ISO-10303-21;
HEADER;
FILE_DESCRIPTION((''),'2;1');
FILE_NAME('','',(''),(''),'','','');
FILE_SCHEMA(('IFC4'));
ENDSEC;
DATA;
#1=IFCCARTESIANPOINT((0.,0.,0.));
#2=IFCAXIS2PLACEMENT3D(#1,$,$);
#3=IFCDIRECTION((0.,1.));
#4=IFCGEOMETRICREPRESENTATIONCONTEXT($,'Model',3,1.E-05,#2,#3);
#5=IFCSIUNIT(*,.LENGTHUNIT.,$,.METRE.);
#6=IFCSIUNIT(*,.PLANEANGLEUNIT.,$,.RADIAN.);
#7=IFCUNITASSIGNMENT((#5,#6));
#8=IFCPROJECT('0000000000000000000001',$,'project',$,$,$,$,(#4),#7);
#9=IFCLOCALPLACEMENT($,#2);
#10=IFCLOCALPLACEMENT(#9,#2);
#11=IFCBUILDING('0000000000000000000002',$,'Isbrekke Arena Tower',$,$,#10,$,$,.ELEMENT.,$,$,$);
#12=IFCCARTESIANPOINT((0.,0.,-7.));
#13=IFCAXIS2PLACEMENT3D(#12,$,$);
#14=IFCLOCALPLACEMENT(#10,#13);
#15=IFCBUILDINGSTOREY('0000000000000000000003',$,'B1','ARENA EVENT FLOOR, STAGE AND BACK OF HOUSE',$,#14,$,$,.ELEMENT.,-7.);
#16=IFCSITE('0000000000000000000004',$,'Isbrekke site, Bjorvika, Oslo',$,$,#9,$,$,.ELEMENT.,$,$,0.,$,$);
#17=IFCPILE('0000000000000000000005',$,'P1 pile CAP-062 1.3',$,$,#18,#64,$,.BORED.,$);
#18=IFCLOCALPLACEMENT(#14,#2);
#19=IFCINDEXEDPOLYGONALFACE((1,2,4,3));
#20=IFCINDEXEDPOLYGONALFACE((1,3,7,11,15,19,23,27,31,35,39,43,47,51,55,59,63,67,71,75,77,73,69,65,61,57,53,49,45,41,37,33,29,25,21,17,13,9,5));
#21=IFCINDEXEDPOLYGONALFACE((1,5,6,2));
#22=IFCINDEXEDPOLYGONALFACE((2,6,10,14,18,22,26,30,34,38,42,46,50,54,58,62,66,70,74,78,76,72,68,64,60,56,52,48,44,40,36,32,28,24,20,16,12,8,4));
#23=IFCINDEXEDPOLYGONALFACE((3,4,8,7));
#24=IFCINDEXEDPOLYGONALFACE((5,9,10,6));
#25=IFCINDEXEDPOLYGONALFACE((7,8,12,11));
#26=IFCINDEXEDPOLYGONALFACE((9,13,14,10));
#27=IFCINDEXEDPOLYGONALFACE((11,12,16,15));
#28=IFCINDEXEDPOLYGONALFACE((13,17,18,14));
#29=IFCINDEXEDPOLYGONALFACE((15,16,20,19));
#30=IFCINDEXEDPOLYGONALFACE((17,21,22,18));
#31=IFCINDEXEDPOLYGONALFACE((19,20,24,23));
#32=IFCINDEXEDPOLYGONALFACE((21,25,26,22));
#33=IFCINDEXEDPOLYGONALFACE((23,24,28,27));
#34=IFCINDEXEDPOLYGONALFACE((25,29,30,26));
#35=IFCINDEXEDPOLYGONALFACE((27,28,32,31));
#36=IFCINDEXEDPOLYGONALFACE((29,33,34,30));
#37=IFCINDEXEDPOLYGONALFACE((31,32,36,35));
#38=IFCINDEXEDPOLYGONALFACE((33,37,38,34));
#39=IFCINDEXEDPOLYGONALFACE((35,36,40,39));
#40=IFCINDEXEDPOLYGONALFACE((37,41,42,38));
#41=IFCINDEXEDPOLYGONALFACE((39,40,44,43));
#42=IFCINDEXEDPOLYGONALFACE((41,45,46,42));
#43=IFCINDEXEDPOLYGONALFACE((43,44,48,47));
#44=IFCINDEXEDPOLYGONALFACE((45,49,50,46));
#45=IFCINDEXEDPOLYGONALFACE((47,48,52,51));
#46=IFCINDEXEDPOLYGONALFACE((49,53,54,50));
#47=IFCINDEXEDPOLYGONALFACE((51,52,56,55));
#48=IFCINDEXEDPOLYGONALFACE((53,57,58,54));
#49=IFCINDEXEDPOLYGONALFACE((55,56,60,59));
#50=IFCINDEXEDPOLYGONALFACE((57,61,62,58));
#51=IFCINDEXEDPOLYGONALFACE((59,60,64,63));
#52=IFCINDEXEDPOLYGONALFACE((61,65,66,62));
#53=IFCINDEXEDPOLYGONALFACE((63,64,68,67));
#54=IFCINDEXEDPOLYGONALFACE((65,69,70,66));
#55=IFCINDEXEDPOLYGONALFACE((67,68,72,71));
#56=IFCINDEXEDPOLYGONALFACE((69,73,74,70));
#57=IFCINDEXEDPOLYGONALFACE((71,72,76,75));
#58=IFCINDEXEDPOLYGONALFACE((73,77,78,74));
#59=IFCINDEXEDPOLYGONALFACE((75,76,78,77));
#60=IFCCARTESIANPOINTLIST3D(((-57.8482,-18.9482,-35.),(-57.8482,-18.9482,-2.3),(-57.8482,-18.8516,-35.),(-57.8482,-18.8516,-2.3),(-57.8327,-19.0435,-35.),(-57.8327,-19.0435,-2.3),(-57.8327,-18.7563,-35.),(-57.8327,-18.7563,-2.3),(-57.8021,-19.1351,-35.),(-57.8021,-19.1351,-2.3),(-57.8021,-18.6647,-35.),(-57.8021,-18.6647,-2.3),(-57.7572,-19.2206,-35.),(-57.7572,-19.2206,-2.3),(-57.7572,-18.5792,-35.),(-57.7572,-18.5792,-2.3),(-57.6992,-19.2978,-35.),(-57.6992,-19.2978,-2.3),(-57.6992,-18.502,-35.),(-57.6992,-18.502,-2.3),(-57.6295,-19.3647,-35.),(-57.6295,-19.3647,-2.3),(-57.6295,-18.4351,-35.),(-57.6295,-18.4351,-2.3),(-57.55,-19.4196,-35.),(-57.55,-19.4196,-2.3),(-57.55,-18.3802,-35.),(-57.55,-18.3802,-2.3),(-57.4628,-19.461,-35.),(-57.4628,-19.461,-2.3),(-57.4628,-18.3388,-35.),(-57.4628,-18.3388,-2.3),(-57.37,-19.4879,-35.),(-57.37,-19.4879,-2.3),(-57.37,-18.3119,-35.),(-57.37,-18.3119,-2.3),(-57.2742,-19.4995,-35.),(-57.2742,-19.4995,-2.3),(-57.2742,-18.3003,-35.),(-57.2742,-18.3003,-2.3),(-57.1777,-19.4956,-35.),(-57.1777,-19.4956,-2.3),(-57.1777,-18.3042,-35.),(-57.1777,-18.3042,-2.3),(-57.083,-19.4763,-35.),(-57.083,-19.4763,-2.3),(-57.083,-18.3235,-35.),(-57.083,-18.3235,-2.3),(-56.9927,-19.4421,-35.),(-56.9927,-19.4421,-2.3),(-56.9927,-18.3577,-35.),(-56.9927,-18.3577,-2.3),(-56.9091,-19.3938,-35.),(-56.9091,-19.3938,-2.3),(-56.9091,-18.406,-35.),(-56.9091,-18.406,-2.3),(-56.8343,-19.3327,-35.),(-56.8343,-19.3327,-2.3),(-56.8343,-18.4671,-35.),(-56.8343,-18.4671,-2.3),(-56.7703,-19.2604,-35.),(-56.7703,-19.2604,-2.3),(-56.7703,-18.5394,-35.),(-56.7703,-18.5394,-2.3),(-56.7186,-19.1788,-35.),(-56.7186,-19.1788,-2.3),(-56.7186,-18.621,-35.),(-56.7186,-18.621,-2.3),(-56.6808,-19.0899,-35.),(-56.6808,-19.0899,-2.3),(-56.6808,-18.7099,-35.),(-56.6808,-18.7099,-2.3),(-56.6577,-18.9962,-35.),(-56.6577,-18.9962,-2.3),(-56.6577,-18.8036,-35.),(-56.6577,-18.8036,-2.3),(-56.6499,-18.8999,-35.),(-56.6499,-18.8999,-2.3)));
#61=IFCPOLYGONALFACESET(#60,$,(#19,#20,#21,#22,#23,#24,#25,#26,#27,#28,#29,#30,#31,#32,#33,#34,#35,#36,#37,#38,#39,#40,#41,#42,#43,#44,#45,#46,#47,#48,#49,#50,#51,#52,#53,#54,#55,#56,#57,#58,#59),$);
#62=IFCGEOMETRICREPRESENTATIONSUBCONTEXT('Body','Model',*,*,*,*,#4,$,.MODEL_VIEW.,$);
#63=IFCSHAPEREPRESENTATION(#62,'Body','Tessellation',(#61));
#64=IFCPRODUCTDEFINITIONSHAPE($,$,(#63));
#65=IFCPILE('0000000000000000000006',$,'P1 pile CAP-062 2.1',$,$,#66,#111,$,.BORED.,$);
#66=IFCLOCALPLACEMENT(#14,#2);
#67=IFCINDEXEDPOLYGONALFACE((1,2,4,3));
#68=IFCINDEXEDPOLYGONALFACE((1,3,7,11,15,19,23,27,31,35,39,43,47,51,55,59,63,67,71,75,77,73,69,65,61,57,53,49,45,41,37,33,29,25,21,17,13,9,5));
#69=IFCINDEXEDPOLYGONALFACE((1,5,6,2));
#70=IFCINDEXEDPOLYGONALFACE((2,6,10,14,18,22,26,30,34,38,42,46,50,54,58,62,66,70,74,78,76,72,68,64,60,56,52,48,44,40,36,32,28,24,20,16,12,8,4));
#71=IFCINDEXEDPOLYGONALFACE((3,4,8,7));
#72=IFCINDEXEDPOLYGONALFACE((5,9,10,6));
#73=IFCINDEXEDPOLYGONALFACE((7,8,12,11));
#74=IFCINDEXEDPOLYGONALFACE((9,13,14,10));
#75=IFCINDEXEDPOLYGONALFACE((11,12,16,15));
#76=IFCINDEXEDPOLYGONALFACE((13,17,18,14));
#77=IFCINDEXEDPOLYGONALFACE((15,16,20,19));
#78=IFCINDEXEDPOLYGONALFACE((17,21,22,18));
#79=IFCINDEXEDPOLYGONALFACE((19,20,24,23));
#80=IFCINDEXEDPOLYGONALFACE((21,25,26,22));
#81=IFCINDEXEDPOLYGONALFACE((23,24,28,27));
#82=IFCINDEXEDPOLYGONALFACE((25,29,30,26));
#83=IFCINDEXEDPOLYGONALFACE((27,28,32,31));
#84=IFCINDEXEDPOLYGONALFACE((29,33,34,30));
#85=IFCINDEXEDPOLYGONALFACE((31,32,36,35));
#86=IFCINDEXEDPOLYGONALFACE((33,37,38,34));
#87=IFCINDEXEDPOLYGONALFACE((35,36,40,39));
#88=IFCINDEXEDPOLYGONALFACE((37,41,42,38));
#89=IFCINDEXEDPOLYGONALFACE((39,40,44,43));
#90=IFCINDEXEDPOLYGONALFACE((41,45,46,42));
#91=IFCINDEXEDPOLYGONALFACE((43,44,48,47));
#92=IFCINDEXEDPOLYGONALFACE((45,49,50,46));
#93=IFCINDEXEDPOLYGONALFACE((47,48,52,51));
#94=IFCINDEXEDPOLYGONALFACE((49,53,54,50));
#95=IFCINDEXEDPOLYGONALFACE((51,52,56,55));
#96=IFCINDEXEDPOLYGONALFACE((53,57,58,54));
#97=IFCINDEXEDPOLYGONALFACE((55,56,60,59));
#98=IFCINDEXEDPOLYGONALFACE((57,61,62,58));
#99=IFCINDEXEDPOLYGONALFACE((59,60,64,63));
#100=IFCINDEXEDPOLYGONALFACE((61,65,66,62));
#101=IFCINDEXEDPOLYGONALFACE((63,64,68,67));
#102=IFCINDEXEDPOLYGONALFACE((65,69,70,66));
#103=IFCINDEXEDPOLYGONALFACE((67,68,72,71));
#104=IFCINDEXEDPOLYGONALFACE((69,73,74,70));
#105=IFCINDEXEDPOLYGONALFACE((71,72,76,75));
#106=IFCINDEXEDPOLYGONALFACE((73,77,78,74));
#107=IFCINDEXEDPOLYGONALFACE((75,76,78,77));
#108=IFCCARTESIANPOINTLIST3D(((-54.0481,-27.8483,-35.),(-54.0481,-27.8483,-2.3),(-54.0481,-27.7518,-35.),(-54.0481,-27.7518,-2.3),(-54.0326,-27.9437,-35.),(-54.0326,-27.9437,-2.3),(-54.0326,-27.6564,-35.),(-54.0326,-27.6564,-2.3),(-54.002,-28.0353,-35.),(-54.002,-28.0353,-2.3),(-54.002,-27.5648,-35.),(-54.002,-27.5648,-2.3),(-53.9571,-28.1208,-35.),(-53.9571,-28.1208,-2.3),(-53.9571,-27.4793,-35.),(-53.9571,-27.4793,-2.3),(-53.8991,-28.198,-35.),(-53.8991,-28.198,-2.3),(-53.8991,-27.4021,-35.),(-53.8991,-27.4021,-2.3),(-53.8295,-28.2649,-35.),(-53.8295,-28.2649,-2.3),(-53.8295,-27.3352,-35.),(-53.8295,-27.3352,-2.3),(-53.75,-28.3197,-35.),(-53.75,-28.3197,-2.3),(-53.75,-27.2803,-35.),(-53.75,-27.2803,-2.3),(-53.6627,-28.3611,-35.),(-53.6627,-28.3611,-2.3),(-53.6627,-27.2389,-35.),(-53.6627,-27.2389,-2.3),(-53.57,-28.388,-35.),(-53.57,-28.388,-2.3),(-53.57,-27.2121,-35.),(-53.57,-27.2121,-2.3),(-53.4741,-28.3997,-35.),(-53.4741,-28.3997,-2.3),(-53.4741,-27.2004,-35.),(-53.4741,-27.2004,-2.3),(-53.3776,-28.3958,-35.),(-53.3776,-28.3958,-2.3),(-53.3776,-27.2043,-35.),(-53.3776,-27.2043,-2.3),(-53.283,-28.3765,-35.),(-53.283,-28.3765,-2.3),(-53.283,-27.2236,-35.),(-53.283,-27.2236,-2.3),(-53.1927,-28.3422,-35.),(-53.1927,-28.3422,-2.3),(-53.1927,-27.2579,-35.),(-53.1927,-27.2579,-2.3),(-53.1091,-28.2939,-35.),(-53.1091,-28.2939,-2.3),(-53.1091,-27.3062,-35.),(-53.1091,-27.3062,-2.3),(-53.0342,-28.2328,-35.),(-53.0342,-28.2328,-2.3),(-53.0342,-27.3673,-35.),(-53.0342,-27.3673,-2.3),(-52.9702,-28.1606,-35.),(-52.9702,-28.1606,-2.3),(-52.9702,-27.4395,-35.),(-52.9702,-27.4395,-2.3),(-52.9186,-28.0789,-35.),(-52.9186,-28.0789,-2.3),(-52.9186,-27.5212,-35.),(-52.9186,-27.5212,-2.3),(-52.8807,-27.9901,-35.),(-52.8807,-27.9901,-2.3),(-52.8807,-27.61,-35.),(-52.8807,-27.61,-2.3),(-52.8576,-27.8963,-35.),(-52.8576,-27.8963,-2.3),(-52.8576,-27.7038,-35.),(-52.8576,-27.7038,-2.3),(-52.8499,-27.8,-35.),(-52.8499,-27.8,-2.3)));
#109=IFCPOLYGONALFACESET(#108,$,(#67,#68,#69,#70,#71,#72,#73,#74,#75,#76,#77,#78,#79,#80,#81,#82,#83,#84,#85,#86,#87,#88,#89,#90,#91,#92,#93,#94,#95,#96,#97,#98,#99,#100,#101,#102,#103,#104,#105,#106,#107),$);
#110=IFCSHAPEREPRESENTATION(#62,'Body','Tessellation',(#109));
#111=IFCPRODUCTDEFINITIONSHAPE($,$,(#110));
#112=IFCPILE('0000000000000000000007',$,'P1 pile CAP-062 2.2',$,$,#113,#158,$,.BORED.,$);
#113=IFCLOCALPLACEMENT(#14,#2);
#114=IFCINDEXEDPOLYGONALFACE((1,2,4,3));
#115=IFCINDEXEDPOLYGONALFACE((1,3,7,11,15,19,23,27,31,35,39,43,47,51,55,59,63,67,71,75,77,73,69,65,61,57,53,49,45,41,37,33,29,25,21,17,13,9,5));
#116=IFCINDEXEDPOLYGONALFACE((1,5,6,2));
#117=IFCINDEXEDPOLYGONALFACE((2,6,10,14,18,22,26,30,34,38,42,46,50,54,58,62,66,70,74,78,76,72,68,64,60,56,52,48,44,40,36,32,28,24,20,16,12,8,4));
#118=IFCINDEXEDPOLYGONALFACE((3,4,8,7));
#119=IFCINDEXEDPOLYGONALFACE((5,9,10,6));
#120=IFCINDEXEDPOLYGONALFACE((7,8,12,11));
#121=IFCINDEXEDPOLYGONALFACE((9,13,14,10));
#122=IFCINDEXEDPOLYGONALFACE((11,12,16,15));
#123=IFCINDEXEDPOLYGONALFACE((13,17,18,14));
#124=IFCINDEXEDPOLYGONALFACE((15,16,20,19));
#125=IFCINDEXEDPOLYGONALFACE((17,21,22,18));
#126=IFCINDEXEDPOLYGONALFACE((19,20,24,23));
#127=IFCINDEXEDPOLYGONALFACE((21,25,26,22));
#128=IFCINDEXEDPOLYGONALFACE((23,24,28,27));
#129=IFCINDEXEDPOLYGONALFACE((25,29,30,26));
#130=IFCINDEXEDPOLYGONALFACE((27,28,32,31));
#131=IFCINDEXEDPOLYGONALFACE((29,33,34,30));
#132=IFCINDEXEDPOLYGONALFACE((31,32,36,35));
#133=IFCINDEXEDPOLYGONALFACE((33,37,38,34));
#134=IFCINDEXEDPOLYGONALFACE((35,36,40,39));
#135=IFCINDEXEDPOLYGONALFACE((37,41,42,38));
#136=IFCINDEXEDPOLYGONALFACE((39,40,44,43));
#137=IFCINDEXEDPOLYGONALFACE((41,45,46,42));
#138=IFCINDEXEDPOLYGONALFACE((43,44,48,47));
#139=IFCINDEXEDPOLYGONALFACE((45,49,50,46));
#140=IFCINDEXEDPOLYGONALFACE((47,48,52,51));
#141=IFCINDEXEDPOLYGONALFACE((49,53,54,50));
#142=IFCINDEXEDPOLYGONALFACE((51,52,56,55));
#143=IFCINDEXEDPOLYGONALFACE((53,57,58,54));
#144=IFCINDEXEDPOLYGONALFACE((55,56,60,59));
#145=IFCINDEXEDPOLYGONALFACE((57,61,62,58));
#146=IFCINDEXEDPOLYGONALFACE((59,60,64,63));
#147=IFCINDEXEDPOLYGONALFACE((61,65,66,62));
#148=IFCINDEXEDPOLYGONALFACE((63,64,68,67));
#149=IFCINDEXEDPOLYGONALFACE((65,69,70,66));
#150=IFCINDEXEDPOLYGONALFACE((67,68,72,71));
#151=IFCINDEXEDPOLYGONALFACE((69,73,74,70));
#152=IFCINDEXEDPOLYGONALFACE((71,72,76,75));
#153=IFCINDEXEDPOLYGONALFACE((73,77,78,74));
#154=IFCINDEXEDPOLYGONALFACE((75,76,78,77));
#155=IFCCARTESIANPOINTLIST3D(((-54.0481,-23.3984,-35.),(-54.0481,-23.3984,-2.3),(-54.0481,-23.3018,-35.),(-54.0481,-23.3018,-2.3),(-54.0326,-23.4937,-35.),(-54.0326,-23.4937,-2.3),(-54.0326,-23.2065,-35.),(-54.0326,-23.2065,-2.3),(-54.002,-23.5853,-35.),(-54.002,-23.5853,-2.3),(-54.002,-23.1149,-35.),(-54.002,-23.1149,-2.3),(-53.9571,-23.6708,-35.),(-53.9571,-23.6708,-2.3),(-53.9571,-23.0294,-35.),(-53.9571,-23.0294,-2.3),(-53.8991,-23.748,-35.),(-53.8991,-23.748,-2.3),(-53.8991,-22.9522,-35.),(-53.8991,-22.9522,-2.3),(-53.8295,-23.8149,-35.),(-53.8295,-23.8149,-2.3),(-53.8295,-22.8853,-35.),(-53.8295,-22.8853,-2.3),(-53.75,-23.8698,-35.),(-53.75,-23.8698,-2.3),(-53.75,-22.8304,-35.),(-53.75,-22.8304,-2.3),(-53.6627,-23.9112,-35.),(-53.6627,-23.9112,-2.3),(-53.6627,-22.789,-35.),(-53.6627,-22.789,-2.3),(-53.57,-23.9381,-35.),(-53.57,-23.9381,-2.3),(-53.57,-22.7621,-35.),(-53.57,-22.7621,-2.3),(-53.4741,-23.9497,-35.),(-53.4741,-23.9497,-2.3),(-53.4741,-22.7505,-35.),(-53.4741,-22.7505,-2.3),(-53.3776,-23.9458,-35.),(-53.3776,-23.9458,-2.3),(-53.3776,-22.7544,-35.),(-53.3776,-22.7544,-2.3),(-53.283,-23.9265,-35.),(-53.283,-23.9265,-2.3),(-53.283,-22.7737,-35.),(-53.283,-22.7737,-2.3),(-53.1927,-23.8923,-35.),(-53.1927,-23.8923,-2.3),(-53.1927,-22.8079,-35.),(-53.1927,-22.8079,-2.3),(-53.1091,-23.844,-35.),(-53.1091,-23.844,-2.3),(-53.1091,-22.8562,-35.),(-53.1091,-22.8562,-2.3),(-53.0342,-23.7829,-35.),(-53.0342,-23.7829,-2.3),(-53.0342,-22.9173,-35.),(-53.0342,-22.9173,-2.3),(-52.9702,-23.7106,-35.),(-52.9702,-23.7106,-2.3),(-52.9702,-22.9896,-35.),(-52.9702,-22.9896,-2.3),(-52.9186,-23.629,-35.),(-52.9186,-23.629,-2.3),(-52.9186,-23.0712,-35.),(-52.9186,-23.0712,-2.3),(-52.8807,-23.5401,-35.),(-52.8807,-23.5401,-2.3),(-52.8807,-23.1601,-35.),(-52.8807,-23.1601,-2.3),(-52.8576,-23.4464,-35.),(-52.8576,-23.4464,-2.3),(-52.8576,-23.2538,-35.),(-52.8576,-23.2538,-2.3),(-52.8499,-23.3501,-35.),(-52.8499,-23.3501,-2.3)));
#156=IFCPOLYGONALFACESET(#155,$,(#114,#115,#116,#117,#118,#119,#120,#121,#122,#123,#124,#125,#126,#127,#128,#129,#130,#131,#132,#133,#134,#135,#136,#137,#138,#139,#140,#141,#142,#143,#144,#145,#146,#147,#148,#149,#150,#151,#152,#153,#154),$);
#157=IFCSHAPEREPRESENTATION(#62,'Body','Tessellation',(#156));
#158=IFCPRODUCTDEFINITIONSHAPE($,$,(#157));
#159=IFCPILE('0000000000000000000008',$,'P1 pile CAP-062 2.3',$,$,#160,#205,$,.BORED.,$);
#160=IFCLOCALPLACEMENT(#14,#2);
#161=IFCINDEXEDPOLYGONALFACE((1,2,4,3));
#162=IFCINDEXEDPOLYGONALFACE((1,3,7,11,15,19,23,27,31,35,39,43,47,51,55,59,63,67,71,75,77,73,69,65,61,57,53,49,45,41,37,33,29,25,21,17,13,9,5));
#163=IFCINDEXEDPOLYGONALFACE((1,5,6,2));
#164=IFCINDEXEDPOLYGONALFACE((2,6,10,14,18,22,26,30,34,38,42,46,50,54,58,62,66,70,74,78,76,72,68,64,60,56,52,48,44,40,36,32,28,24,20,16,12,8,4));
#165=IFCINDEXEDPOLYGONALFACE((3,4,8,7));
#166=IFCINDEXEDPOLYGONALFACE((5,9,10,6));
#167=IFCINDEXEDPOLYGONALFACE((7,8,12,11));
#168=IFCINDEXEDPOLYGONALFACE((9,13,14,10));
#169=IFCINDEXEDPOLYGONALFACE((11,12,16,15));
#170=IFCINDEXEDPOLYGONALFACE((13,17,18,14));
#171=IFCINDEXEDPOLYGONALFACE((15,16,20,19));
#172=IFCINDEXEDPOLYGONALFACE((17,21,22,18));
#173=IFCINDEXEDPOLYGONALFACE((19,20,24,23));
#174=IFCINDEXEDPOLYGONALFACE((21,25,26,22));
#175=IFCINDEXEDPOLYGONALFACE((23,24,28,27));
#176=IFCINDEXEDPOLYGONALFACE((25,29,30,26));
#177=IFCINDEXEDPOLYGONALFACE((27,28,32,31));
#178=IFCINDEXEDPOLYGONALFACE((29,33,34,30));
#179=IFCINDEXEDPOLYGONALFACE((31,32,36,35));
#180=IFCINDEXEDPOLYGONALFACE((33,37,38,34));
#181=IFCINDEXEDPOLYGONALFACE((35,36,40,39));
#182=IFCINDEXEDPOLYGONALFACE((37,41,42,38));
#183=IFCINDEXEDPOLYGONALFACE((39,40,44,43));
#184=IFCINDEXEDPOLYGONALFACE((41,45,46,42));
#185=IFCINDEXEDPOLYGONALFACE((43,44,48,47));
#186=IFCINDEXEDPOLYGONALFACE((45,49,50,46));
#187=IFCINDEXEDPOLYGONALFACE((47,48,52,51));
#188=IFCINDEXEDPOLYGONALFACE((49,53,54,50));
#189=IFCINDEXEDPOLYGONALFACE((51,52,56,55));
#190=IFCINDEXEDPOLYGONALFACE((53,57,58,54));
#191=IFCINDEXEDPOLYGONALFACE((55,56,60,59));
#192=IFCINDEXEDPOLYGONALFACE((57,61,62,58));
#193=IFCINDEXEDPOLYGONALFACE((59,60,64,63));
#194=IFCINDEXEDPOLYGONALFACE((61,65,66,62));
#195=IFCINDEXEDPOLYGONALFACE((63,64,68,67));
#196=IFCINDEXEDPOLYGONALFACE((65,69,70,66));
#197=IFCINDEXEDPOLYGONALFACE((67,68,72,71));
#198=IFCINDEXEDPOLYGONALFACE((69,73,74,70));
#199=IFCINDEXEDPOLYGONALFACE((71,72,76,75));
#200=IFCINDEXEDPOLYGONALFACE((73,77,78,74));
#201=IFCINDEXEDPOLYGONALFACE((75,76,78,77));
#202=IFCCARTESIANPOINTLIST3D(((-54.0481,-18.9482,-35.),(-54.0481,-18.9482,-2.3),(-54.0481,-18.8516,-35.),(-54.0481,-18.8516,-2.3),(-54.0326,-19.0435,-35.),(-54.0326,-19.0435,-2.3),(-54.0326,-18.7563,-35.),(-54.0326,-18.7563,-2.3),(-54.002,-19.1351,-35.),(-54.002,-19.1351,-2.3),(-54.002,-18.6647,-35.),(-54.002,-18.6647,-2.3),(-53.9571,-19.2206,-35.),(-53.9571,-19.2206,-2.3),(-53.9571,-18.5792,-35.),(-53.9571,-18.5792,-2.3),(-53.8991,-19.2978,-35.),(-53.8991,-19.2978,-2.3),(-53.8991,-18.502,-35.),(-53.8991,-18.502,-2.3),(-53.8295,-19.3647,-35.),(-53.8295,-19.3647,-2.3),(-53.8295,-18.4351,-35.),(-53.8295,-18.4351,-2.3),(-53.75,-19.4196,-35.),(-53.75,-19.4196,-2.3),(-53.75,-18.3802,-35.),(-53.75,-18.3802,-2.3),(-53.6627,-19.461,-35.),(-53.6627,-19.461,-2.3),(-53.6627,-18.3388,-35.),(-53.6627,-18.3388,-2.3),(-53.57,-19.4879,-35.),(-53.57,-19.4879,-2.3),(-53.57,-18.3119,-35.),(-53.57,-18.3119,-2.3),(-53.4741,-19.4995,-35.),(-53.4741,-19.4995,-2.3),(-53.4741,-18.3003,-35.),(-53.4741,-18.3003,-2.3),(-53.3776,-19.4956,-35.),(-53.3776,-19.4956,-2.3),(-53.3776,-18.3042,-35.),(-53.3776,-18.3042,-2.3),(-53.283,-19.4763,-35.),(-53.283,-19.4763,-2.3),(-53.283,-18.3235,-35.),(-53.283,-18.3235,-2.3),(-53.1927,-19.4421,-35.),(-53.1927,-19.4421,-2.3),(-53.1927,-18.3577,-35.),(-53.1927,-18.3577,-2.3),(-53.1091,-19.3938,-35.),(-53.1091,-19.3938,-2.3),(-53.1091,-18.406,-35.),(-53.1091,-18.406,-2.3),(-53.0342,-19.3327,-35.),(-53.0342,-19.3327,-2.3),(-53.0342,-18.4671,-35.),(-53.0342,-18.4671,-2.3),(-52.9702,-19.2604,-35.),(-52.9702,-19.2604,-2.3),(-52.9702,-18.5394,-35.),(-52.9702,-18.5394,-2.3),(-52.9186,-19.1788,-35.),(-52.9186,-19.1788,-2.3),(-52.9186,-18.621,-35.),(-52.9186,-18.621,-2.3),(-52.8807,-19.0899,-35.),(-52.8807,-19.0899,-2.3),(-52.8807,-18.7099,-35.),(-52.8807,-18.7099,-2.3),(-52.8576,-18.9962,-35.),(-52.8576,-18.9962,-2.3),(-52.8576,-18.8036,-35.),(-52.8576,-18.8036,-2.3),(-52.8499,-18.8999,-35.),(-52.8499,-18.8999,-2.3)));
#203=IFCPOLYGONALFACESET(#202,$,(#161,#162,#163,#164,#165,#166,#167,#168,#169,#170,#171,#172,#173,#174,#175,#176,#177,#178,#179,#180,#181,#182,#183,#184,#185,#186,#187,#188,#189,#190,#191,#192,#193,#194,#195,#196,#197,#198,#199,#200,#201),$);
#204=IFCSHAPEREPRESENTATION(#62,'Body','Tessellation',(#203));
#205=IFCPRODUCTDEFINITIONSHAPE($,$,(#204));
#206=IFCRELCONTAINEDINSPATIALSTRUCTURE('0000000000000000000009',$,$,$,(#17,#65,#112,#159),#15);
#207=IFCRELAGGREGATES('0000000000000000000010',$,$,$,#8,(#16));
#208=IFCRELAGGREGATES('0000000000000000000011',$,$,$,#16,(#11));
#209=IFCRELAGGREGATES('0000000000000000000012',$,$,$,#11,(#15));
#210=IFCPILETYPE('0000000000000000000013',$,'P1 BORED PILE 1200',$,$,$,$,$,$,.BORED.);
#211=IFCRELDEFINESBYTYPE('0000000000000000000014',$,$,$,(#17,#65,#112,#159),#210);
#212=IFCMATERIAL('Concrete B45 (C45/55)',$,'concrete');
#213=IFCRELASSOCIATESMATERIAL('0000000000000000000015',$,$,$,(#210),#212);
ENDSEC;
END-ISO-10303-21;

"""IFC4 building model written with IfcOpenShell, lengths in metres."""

from ifc_helpers import new_model, si_unit, direction, frame, origin, origin_2d, place, context, subcontext, project, spatial, circle, extrude, material, material_profile, profile_set, type_object, element, save


model = new_model("IFC4")

# Units and contexts
model_context = context("Model", 3, precision=1e-05, world=origin(), true_north=direction((0.0, 1.0)))
body_context = subcontext(model_context, "Body", "Model", "MODEL_VIEW")
ifc_project = project(units=[si_unit("LENGTHUNIT", "METRE"), si_unit("PLANEANGLEUNIT", "RADIAN")], contexts=[model_context])

# Site, building, storey
site_placement = place(None, origin())
site = spatial("IfcSite", under=ifc_project, at=site_placement, Name="Isbrekke site, Bjorvika, Oslo", CompositionType="ELEMENT", RefElevation=0.0)
building_placement = place(site_placement, origin())
building = spatial("IfcBuilding", under=site, at=building_placement, Name="Isbrekke Arena Tower", CompositionType="ELEMENT")
storey_placement = place(building_placement, frame((0.0, 0.0, -7.0)))
storey = spatial("IfcBuildingStorey", under=building, at=storey_placement, Name="B1", Description="ARENA EVENT FLOOR, STAGE AND BACK OF HOUSE", CompositionType="ELEMENT", Elevation=-7.0)

# Piles
ifc_material_1 = material(Name="Concrete B45 (C45/55)", Category="concrete")
ifc_material_profile_1 = material_profile(ifc_material_1, circle(Radius=0.6001, at=origin_2d()), Name="BORED PILE D1200")
ifc_profile_set_1 = profile_set([ifc_material_profile_1], Name="Concrete B45 (C45/55)")
pile_type = type_object("IfcPileType", Name="P1 BORED PILE 1200", PredefinedType="BORED", material=ifc_profile_set_1)
for number, where, z_axis, x_axis, name in (
    (1, (-57.25, -18.8999, -2.3), (0.0, 0.0, -1.0), (1.0, 0.0, 0.0), "P1 pile CAP-062 1.3"),
    (2, (-53.45, -27.8, -2.3), (0.0, 0.0, -1.0), (1.0, 0.0, 0.0), "P1 pile CAP-062 2.1"),
    (3, (-53.45, -23.3501, -2.3), (0.0, 0.0, -1.0), (1.0, 0.0, 0.0), "P1 pile CAP-062 2.2"),
    (4, (-53.45, -18.8999, -2.3), (0.0, 0.0, -1.0), (1.0, 0.0, 0.0), "P1 pile CAP-062 2.3"),
):
    element("IfcPile", number, at=place(storey_placement, frame(where, z_axis=z_axis, x_axis=x_axis)), inside=storey, type_object=pile_type, Name=name, PredefinedType="BORED", context=body_context, shape_type="SweptSolid", body=[
        extrude(circle(Radius=0.6001, at=origin_2d()), origin(), (0.0, 0.0, 1.0), 32.7),
    ])

save(model, "model.ifc")
